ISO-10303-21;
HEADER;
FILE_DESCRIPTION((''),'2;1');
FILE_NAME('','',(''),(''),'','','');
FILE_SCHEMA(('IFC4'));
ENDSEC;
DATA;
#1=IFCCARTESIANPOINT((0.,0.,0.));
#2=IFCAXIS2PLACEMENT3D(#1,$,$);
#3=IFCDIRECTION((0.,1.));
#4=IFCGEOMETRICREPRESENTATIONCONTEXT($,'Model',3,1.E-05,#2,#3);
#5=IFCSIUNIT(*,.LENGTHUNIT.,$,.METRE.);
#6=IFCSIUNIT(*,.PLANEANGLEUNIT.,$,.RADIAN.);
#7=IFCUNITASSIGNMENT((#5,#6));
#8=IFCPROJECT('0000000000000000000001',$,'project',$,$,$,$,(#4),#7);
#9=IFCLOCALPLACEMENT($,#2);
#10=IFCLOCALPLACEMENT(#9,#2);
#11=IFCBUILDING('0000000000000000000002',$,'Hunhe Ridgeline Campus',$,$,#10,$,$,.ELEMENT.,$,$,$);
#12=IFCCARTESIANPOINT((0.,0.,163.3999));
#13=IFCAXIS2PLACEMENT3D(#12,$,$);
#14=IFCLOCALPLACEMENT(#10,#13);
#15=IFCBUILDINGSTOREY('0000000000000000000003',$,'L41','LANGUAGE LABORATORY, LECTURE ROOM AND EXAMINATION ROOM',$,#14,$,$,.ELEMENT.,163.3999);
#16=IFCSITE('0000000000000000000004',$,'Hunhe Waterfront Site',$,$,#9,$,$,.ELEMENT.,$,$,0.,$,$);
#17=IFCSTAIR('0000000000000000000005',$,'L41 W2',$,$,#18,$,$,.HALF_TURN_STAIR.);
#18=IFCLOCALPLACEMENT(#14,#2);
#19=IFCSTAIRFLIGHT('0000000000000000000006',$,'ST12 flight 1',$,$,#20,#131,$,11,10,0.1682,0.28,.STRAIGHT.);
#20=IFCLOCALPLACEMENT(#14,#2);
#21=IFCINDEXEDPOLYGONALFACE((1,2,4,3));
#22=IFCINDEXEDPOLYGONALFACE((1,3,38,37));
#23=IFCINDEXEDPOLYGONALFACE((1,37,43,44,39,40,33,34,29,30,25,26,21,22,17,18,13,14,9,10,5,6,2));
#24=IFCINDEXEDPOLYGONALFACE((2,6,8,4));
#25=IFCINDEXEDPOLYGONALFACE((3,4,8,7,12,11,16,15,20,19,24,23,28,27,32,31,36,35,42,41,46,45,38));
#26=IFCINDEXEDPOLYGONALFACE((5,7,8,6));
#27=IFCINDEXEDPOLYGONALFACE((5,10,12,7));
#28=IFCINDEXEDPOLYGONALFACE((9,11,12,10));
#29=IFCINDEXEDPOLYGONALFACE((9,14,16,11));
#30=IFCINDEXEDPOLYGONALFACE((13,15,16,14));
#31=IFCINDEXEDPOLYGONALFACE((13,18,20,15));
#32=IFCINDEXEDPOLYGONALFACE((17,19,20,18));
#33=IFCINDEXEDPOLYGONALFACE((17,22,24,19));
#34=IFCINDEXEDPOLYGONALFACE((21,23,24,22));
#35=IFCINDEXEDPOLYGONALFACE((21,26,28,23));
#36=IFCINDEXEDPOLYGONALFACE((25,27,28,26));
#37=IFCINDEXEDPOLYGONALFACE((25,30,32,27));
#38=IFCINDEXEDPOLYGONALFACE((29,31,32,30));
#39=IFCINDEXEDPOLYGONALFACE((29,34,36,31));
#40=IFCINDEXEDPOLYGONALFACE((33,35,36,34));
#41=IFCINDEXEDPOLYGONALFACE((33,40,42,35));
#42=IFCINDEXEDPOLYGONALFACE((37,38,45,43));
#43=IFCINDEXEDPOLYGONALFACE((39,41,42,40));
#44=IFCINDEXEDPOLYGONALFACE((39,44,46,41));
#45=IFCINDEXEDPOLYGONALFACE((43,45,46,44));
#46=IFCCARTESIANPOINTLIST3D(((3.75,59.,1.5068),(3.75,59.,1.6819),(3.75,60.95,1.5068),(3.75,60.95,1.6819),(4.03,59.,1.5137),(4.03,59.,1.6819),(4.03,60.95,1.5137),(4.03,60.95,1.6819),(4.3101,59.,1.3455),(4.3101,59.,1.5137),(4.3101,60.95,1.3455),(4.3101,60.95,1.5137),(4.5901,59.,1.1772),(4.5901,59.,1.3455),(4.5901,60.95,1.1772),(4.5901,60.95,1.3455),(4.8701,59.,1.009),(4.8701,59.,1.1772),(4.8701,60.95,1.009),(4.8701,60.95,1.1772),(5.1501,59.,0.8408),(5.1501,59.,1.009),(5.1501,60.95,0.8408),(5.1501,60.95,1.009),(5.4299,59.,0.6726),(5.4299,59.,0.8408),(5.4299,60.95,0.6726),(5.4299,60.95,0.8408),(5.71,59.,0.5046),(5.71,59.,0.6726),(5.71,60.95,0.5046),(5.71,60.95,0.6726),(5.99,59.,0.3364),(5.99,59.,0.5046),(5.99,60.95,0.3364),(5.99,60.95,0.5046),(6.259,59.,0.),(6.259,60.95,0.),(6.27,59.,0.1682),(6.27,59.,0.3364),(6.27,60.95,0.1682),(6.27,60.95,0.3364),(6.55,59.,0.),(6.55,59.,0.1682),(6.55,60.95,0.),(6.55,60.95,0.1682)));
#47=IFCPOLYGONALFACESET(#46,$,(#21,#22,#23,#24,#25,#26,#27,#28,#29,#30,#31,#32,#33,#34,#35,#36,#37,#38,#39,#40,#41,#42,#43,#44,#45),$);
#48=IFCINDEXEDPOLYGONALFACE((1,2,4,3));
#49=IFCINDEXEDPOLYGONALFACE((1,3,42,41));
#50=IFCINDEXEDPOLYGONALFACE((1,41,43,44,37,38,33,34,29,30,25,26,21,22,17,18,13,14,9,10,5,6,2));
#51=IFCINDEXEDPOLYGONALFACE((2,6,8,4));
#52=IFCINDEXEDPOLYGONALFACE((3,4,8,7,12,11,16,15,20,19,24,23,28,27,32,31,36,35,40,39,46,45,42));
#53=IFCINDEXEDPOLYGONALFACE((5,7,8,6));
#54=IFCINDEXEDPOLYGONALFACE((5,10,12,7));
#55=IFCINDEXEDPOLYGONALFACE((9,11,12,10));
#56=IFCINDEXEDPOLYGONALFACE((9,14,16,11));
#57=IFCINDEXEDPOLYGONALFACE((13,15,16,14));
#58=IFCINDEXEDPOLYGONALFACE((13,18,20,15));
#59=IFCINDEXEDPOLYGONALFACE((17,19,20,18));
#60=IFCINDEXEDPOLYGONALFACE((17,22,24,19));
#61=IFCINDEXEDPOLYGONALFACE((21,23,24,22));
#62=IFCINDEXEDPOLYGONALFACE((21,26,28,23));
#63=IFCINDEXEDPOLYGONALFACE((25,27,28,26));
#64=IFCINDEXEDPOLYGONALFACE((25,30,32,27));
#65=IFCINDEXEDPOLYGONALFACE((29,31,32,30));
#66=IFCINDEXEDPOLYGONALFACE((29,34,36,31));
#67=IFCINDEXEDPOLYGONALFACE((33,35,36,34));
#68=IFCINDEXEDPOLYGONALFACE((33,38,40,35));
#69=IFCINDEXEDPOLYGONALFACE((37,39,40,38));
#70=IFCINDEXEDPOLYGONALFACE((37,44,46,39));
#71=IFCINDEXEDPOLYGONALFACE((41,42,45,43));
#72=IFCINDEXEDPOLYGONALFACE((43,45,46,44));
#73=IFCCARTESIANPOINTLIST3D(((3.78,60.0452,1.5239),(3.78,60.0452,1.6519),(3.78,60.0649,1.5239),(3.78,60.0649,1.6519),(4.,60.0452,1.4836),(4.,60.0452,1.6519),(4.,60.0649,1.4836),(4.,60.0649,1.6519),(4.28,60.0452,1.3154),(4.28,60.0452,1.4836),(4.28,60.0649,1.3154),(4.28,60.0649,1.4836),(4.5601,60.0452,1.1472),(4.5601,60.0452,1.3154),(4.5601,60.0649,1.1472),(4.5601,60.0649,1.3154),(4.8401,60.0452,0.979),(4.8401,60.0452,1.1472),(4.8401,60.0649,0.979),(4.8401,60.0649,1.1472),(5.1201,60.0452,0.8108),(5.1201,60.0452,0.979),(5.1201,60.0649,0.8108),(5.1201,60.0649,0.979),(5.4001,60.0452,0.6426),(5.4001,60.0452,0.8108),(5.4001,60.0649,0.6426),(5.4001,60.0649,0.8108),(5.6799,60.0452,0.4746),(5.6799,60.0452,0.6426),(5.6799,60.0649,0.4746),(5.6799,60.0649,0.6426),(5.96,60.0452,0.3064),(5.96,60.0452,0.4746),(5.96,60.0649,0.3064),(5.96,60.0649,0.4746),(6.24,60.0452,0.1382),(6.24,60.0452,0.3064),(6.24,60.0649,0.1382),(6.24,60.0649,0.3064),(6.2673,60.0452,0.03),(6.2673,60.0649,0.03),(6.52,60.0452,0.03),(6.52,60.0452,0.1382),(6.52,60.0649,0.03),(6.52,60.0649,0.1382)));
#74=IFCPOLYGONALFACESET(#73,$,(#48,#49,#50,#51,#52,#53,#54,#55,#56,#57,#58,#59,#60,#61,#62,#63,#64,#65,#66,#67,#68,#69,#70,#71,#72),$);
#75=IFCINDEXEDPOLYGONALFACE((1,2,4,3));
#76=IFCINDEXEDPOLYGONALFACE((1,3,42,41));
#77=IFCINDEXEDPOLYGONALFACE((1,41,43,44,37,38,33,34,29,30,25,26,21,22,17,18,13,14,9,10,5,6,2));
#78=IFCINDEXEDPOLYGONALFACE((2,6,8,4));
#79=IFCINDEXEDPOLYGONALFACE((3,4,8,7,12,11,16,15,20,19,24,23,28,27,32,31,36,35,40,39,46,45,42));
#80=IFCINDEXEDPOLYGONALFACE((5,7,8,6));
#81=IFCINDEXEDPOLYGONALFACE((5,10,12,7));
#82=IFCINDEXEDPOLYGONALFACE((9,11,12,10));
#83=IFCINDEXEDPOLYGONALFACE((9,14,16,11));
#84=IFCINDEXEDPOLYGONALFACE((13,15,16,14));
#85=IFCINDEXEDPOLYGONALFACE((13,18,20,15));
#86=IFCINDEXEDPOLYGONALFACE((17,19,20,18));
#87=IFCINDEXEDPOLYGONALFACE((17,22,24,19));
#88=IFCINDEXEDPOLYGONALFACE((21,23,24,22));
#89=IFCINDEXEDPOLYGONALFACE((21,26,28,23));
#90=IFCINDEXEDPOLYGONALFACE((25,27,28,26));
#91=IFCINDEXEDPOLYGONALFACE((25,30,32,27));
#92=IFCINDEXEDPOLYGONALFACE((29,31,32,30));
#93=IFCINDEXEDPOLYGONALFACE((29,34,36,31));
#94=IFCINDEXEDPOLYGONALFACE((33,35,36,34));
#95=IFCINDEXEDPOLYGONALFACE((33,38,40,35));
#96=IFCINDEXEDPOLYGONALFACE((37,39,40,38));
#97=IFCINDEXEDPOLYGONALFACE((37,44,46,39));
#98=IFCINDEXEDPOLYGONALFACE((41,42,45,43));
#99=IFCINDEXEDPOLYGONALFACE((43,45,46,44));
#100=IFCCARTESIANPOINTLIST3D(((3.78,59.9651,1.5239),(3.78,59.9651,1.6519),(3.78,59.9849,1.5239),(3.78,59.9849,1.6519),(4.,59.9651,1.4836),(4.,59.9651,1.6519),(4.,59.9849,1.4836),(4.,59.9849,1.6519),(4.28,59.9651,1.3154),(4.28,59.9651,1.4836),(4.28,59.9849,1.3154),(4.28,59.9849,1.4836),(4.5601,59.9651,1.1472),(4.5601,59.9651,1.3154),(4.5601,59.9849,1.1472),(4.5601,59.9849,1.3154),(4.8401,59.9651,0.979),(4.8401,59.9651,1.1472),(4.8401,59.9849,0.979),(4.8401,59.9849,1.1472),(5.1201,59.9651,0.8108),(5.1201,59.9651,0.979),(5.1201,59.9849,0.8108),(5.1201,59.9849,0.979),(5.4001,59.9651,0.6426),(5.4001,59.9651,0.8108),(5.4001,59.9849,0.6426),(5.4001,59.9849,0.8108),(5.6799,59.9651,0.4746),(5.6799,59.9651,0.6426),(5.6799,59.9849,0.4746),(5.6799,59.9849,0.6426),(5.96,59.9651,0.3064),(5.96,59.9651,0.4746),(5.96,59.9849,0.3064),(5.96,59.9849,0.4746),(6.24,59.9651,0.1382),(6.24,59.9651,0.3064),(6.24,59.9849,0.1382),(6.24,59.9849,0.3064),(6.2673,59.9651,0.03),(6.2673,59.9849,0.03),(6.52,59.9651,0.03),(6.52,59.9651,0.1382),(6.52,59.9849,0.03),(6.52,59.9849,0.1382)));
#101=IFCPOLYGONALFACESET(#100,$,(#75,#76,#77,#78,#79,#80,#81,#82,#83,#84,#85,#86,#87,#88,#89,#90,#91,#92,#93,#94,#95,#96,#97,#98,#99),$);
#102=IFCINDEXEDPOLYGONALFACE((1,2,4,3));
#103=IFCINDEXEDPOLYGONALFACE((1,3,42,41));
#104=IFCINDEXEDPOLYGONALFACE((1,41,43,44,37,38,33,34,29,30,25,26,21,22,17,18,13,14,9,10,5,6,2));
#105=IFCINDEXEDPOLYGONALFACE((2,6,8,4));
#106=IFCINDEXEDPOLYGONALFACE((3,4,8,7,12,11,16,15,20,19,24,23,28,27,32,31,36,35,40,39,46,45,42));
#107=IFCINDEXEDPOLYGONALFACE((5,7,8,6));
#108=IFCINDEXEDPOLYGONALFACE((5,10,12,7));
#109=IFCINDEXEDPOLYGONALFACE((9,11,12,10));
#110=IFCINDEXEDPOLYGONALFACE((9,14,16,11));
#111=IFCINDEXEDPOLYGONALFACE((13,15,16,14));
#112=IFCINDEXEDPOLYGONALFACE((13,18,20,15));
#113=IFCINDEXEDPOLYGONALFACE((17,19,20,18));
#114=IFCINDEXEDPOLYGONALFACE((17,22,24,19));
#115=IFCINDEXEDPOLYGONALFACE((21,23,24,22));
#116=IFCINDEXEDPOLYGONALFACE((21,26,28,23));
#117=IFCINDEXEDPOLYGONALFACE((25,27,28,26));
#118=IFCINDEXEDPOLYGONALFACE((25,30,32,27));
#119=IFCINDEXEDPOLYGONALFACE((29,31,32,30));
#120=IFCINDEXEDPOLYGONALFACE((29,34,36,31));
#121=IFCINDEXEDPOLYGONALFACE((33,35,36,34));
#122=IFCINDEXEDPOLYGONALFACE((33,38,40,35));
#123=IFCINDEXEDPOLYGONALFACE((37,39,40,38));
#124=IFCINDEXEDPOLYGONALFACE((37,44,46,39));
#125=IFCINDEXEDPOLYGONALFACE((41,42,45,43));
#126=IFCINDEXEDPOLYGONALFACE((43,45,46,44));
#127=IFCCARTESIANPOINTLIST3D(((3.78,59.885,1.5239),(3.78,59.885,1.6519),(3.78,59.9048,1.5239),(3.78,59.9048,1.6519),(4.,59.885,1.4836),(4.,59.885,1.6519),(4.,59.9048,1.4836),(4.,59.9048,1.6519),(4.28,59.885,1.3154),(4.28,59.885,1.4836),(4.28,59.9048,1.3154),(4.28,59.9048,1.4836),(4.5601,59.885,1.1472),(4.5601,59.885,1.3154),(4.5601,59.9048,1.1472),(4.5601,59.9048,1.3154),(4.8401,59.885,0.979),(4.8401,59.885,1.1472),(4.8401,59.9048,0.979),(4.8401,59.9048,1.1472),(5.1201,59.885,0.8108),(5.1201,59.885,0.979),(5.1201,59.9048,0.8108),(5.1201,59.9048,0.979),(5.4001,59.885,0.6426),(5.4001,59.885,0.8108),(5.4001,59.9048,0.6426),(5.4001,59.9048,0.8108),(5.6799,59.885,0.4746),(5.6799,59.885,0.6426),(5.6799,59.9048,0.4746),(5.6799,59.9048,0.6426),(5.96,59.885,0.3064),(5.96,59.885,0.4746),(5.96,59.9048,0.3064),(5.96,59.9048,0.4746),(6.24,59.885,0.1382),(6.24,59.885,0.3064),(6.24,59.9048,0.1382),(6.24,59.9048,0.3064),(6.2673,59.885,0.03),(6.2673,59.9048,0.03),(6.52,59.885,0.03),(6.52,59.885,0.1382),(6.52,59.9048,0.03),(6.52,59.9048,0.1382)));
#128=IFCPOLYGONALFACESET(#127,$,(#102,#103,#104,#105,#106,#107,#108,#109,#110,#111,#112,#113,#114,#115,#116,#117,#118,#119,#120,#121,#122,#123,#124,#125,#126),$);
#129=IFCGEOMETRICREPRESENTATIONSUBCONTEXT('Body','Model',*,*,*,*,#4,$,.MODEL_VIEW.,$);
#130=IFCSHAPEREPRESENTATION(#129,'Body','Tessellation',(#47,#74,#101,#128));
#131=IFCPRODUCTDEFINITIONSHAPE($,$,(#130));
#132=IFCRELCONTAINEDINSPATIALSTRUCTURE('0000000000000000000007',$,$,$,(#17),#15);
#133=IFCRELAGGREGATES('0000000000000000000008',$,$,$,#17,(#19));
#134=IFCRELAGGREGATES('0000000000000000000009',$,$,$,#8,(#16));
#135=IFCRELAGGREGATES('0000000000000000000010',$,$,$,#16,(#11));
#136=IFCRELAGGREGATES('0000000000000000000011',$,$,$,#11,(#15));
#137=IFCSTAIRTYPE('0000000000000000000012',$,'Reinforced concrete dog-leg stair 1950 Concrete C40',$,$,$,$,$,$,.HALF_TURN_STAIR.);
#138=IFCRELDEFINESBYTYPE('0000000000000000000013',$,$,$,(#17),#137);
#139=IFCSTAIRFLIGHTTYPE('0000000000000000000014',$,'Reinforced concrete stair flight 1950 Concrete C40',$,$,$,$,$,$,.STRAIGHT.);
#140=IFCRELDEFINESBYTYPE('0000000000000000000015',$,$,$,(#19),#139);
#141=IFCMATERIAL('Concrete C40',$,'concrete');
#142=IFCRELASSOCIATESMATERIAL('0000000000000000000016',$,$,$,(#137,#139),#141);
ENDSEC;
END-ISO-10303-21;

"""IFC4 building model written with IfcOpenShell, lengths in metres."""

from ifc_helpers import new_model, si_unit, direction, frame, origin, place, context, subcontext, project, spatial, polyline, outline, extrude, material, type_object, element, aggregate, save


model = new_model("IFC4")

# Units and contexts
model_context = context("Model", 3, precision=1e-05, world=origin(), true_north=direction((0.0, 1.0)))
body_context = subcontext(model_context, "Body", "Model", "MODEL_VIEW")
ifc_project = project(units=[si_unit("LENGTHUNIT", "METRE"), si_unit("PLANEANGLEUNIT", "RADIAN")], contexts=[model_context])

# Site, building, storey
site_placement = place(None, origin())
site = spatial("IfcSite", under=ifc_project, at=site_placement, Name="Hunhe Waterfront Site", CompositionType="ELEMENT", RefElevation=0.0)
building_placement = place(site_placement, origin())
building = spatial("IfcBuilding", under=site, at=building_placement, Name="Hunhe Ridgeline Campus", CompositionType="ELEMENT")
storey_placement = place(building_placement, frame((0.0, 0.0, 163.3999)))
storey = spatial("IfcBuildingStorey", under=building, at=storey_placement, Name="L41", Description="LANGUAGE LABORATORY, LECTURE ROOM AND EXAMINATION ROOM", CompositionType="ELEMENT", Elevation=163.3999)

# Stair, stair flight
ifc_material_1 = material(Name="Concrete C40", Category="concrete")
stair_type = type_object("IfcStairType", Name="Reinforced concrete dog-leg stair 1950 Concrete C40", PredefinedType="HALF_TURN_STAIR", material=ifc_material_1)
stair_flight_type = type_object("IfcStairFlightType", Name="Reinforced concrete stair flight 1950 Concrete C40", PredefinedType="STRAIGHT", material=ifc_material_1)
stair_1_placement = place(storey_placement, origin())
stair_1 = element("IfcStair", 1, at=stair_1_placement, inside=storey, type_object=stair_type, Name="L41 W2", PredefinedType="HALF_TURN_STAIR")
stair_flight_1_placement = place(storey_placement, frame((6.55, 59.9751, 0.0), z_axis=(0.0, 0.0, 1.0), x_axis=(-1.0, 0.0, 0.0)))
stair_flight_1 = element("IfcStairFlight", 2, at=stair_flight_1_placement, type_object=stair_flight_type, Name="ST12 flight 1", NumberOfRisers=11, NumberOfTreads=10, PredefinedType="STRAIGHT", RiserHeight=0.1682, TreadLength=0.28, context=body_context, shape_type="SweptSolid", body=[
    extrude(outline(polyline([(0.0, 0.0), (0.0, 0.1682), (0.28, 0.1682), (0.28, 0.3364), (0.5601, 0.3364), (0.5601, 0.5046), (0.8401, 0.5046), (0.8401, 0.6726), (1.1201, 0.6726), (1.1201, 0.8408), (1.3999, 0.8408), (1.3999, 1.009), (1.6799, 1.009), (1.6799, 1.1772), (1.96, 1.1772), (1.96, 1.3455), (2.24, 1.3455), (2.24, 1.5137), (2.52, 1.5137), (2.52, 1.6819), (2.8, 1.6819), (2.8, 1.8501), (2.8, 1.5068), (0.291, 0.0), (0.0, 0.0)])), frame((0.0, 0.9751, 0.0), z_axis=(0.0, -1.0, 0.0), x_axis=(1.0, 0.0, 0.0)), (0.0, 0.0, 1.0), 1.95),
    extrude(outline(polyline([(0.03, 0.03), (0.03, 0.1382), (0.3101, 0.1382), (0.3101, 0.3064), (0.5901, 0.3064), (0.5901, 0.4746), (0.8701, 0.4746), (0.8701, 0.6426), (1.1499, 0.6426), (1.1499, 0.8108), (1.4299, 0.8108), (1.4299, 0.979), (1.71, 0.979), (1.71, 1.1472), (1.99, 1.1472), (1.99, 1.3154), (2.27, 1.3154), (2.27, 1.4836), (2.55, 1.4836), (2.55, 1.6519), (2.77, 1.6519), (2.77, 1.5239), (0.2827, 0.03), (0.03, 0.03)])), frame((0.0, -0.0701, 0.0), z_axis=(0.0, -1.0, 0.0), x_axis=(1.0, 0.0, 0.0)), (0.0, 0.0, 1.0), 0.0198),
    extrude(outline(polyline([(0.03, 0.03), (0.03, 0.1382), (0.3101, 0.1382), (0.3101, 0.3064), (0.5901, 0.3064), (0.5901, 0.4746), (0.8701, 0.4746), (0.8701, 0.6426), (1.1499, 0.6426), (1.1499, 0.8108), (1.4299, 0.8108), (1.4299, 0.979), (1.71, 0.979), (1.71, 1.1472), (1.99, 1.1472), (1.99, 1.3154), (2.27, 1.3154), (2.27, 1.4836), (2.55, 1.4836), (2.55, 1.6519), (2.77, 1.6519), (2.77, 1.5239), (0.2827, 0.03), (0.03, 0.03)])), frame((0.0, 0.01, 0.0), z_axis=(0.0, -1.0, 0.0), x_axis=(1.0, 0.0, 0.0)), (0.0, 0.0, 1.0), 0.0198),
    extrude(outline(polyline([(0.03, 0.03), (0.03, 0.1382), (0.3101, 0.1382), (0.3101, 0.3064), (0.5901, 0.3064), (0.5901, 0.4746), (0.8701, 0.4746), (0.8701, 0.6426), (1.1499, 0.6426), (1.1499, 0.8108), (1.4299, 0.8108), (1.4299, 0.979), (1.71, 0.979), (1.71, 1.1472), (1.99, 1.1472), (1.99, 1.3154), (2.27, 1.3154), (2.27, 1.4836), (2.55, 1.4836), (2.55, 1.6519), (2.77, 1.6519), (2.77, 1.5239), (0.2827, 0.03), (0.03, 0.03)])), frame((0.0, 0.0901, 0.0), z_axis=(0.0, -1.0, 0.0), x_axis=(1.0, 0.0, 0.0)), (0.0, 0.0, 1.0), 0.0198),
])
aggregate(stair_1, [stair_flight_1])

save(model, "model.ifc")
